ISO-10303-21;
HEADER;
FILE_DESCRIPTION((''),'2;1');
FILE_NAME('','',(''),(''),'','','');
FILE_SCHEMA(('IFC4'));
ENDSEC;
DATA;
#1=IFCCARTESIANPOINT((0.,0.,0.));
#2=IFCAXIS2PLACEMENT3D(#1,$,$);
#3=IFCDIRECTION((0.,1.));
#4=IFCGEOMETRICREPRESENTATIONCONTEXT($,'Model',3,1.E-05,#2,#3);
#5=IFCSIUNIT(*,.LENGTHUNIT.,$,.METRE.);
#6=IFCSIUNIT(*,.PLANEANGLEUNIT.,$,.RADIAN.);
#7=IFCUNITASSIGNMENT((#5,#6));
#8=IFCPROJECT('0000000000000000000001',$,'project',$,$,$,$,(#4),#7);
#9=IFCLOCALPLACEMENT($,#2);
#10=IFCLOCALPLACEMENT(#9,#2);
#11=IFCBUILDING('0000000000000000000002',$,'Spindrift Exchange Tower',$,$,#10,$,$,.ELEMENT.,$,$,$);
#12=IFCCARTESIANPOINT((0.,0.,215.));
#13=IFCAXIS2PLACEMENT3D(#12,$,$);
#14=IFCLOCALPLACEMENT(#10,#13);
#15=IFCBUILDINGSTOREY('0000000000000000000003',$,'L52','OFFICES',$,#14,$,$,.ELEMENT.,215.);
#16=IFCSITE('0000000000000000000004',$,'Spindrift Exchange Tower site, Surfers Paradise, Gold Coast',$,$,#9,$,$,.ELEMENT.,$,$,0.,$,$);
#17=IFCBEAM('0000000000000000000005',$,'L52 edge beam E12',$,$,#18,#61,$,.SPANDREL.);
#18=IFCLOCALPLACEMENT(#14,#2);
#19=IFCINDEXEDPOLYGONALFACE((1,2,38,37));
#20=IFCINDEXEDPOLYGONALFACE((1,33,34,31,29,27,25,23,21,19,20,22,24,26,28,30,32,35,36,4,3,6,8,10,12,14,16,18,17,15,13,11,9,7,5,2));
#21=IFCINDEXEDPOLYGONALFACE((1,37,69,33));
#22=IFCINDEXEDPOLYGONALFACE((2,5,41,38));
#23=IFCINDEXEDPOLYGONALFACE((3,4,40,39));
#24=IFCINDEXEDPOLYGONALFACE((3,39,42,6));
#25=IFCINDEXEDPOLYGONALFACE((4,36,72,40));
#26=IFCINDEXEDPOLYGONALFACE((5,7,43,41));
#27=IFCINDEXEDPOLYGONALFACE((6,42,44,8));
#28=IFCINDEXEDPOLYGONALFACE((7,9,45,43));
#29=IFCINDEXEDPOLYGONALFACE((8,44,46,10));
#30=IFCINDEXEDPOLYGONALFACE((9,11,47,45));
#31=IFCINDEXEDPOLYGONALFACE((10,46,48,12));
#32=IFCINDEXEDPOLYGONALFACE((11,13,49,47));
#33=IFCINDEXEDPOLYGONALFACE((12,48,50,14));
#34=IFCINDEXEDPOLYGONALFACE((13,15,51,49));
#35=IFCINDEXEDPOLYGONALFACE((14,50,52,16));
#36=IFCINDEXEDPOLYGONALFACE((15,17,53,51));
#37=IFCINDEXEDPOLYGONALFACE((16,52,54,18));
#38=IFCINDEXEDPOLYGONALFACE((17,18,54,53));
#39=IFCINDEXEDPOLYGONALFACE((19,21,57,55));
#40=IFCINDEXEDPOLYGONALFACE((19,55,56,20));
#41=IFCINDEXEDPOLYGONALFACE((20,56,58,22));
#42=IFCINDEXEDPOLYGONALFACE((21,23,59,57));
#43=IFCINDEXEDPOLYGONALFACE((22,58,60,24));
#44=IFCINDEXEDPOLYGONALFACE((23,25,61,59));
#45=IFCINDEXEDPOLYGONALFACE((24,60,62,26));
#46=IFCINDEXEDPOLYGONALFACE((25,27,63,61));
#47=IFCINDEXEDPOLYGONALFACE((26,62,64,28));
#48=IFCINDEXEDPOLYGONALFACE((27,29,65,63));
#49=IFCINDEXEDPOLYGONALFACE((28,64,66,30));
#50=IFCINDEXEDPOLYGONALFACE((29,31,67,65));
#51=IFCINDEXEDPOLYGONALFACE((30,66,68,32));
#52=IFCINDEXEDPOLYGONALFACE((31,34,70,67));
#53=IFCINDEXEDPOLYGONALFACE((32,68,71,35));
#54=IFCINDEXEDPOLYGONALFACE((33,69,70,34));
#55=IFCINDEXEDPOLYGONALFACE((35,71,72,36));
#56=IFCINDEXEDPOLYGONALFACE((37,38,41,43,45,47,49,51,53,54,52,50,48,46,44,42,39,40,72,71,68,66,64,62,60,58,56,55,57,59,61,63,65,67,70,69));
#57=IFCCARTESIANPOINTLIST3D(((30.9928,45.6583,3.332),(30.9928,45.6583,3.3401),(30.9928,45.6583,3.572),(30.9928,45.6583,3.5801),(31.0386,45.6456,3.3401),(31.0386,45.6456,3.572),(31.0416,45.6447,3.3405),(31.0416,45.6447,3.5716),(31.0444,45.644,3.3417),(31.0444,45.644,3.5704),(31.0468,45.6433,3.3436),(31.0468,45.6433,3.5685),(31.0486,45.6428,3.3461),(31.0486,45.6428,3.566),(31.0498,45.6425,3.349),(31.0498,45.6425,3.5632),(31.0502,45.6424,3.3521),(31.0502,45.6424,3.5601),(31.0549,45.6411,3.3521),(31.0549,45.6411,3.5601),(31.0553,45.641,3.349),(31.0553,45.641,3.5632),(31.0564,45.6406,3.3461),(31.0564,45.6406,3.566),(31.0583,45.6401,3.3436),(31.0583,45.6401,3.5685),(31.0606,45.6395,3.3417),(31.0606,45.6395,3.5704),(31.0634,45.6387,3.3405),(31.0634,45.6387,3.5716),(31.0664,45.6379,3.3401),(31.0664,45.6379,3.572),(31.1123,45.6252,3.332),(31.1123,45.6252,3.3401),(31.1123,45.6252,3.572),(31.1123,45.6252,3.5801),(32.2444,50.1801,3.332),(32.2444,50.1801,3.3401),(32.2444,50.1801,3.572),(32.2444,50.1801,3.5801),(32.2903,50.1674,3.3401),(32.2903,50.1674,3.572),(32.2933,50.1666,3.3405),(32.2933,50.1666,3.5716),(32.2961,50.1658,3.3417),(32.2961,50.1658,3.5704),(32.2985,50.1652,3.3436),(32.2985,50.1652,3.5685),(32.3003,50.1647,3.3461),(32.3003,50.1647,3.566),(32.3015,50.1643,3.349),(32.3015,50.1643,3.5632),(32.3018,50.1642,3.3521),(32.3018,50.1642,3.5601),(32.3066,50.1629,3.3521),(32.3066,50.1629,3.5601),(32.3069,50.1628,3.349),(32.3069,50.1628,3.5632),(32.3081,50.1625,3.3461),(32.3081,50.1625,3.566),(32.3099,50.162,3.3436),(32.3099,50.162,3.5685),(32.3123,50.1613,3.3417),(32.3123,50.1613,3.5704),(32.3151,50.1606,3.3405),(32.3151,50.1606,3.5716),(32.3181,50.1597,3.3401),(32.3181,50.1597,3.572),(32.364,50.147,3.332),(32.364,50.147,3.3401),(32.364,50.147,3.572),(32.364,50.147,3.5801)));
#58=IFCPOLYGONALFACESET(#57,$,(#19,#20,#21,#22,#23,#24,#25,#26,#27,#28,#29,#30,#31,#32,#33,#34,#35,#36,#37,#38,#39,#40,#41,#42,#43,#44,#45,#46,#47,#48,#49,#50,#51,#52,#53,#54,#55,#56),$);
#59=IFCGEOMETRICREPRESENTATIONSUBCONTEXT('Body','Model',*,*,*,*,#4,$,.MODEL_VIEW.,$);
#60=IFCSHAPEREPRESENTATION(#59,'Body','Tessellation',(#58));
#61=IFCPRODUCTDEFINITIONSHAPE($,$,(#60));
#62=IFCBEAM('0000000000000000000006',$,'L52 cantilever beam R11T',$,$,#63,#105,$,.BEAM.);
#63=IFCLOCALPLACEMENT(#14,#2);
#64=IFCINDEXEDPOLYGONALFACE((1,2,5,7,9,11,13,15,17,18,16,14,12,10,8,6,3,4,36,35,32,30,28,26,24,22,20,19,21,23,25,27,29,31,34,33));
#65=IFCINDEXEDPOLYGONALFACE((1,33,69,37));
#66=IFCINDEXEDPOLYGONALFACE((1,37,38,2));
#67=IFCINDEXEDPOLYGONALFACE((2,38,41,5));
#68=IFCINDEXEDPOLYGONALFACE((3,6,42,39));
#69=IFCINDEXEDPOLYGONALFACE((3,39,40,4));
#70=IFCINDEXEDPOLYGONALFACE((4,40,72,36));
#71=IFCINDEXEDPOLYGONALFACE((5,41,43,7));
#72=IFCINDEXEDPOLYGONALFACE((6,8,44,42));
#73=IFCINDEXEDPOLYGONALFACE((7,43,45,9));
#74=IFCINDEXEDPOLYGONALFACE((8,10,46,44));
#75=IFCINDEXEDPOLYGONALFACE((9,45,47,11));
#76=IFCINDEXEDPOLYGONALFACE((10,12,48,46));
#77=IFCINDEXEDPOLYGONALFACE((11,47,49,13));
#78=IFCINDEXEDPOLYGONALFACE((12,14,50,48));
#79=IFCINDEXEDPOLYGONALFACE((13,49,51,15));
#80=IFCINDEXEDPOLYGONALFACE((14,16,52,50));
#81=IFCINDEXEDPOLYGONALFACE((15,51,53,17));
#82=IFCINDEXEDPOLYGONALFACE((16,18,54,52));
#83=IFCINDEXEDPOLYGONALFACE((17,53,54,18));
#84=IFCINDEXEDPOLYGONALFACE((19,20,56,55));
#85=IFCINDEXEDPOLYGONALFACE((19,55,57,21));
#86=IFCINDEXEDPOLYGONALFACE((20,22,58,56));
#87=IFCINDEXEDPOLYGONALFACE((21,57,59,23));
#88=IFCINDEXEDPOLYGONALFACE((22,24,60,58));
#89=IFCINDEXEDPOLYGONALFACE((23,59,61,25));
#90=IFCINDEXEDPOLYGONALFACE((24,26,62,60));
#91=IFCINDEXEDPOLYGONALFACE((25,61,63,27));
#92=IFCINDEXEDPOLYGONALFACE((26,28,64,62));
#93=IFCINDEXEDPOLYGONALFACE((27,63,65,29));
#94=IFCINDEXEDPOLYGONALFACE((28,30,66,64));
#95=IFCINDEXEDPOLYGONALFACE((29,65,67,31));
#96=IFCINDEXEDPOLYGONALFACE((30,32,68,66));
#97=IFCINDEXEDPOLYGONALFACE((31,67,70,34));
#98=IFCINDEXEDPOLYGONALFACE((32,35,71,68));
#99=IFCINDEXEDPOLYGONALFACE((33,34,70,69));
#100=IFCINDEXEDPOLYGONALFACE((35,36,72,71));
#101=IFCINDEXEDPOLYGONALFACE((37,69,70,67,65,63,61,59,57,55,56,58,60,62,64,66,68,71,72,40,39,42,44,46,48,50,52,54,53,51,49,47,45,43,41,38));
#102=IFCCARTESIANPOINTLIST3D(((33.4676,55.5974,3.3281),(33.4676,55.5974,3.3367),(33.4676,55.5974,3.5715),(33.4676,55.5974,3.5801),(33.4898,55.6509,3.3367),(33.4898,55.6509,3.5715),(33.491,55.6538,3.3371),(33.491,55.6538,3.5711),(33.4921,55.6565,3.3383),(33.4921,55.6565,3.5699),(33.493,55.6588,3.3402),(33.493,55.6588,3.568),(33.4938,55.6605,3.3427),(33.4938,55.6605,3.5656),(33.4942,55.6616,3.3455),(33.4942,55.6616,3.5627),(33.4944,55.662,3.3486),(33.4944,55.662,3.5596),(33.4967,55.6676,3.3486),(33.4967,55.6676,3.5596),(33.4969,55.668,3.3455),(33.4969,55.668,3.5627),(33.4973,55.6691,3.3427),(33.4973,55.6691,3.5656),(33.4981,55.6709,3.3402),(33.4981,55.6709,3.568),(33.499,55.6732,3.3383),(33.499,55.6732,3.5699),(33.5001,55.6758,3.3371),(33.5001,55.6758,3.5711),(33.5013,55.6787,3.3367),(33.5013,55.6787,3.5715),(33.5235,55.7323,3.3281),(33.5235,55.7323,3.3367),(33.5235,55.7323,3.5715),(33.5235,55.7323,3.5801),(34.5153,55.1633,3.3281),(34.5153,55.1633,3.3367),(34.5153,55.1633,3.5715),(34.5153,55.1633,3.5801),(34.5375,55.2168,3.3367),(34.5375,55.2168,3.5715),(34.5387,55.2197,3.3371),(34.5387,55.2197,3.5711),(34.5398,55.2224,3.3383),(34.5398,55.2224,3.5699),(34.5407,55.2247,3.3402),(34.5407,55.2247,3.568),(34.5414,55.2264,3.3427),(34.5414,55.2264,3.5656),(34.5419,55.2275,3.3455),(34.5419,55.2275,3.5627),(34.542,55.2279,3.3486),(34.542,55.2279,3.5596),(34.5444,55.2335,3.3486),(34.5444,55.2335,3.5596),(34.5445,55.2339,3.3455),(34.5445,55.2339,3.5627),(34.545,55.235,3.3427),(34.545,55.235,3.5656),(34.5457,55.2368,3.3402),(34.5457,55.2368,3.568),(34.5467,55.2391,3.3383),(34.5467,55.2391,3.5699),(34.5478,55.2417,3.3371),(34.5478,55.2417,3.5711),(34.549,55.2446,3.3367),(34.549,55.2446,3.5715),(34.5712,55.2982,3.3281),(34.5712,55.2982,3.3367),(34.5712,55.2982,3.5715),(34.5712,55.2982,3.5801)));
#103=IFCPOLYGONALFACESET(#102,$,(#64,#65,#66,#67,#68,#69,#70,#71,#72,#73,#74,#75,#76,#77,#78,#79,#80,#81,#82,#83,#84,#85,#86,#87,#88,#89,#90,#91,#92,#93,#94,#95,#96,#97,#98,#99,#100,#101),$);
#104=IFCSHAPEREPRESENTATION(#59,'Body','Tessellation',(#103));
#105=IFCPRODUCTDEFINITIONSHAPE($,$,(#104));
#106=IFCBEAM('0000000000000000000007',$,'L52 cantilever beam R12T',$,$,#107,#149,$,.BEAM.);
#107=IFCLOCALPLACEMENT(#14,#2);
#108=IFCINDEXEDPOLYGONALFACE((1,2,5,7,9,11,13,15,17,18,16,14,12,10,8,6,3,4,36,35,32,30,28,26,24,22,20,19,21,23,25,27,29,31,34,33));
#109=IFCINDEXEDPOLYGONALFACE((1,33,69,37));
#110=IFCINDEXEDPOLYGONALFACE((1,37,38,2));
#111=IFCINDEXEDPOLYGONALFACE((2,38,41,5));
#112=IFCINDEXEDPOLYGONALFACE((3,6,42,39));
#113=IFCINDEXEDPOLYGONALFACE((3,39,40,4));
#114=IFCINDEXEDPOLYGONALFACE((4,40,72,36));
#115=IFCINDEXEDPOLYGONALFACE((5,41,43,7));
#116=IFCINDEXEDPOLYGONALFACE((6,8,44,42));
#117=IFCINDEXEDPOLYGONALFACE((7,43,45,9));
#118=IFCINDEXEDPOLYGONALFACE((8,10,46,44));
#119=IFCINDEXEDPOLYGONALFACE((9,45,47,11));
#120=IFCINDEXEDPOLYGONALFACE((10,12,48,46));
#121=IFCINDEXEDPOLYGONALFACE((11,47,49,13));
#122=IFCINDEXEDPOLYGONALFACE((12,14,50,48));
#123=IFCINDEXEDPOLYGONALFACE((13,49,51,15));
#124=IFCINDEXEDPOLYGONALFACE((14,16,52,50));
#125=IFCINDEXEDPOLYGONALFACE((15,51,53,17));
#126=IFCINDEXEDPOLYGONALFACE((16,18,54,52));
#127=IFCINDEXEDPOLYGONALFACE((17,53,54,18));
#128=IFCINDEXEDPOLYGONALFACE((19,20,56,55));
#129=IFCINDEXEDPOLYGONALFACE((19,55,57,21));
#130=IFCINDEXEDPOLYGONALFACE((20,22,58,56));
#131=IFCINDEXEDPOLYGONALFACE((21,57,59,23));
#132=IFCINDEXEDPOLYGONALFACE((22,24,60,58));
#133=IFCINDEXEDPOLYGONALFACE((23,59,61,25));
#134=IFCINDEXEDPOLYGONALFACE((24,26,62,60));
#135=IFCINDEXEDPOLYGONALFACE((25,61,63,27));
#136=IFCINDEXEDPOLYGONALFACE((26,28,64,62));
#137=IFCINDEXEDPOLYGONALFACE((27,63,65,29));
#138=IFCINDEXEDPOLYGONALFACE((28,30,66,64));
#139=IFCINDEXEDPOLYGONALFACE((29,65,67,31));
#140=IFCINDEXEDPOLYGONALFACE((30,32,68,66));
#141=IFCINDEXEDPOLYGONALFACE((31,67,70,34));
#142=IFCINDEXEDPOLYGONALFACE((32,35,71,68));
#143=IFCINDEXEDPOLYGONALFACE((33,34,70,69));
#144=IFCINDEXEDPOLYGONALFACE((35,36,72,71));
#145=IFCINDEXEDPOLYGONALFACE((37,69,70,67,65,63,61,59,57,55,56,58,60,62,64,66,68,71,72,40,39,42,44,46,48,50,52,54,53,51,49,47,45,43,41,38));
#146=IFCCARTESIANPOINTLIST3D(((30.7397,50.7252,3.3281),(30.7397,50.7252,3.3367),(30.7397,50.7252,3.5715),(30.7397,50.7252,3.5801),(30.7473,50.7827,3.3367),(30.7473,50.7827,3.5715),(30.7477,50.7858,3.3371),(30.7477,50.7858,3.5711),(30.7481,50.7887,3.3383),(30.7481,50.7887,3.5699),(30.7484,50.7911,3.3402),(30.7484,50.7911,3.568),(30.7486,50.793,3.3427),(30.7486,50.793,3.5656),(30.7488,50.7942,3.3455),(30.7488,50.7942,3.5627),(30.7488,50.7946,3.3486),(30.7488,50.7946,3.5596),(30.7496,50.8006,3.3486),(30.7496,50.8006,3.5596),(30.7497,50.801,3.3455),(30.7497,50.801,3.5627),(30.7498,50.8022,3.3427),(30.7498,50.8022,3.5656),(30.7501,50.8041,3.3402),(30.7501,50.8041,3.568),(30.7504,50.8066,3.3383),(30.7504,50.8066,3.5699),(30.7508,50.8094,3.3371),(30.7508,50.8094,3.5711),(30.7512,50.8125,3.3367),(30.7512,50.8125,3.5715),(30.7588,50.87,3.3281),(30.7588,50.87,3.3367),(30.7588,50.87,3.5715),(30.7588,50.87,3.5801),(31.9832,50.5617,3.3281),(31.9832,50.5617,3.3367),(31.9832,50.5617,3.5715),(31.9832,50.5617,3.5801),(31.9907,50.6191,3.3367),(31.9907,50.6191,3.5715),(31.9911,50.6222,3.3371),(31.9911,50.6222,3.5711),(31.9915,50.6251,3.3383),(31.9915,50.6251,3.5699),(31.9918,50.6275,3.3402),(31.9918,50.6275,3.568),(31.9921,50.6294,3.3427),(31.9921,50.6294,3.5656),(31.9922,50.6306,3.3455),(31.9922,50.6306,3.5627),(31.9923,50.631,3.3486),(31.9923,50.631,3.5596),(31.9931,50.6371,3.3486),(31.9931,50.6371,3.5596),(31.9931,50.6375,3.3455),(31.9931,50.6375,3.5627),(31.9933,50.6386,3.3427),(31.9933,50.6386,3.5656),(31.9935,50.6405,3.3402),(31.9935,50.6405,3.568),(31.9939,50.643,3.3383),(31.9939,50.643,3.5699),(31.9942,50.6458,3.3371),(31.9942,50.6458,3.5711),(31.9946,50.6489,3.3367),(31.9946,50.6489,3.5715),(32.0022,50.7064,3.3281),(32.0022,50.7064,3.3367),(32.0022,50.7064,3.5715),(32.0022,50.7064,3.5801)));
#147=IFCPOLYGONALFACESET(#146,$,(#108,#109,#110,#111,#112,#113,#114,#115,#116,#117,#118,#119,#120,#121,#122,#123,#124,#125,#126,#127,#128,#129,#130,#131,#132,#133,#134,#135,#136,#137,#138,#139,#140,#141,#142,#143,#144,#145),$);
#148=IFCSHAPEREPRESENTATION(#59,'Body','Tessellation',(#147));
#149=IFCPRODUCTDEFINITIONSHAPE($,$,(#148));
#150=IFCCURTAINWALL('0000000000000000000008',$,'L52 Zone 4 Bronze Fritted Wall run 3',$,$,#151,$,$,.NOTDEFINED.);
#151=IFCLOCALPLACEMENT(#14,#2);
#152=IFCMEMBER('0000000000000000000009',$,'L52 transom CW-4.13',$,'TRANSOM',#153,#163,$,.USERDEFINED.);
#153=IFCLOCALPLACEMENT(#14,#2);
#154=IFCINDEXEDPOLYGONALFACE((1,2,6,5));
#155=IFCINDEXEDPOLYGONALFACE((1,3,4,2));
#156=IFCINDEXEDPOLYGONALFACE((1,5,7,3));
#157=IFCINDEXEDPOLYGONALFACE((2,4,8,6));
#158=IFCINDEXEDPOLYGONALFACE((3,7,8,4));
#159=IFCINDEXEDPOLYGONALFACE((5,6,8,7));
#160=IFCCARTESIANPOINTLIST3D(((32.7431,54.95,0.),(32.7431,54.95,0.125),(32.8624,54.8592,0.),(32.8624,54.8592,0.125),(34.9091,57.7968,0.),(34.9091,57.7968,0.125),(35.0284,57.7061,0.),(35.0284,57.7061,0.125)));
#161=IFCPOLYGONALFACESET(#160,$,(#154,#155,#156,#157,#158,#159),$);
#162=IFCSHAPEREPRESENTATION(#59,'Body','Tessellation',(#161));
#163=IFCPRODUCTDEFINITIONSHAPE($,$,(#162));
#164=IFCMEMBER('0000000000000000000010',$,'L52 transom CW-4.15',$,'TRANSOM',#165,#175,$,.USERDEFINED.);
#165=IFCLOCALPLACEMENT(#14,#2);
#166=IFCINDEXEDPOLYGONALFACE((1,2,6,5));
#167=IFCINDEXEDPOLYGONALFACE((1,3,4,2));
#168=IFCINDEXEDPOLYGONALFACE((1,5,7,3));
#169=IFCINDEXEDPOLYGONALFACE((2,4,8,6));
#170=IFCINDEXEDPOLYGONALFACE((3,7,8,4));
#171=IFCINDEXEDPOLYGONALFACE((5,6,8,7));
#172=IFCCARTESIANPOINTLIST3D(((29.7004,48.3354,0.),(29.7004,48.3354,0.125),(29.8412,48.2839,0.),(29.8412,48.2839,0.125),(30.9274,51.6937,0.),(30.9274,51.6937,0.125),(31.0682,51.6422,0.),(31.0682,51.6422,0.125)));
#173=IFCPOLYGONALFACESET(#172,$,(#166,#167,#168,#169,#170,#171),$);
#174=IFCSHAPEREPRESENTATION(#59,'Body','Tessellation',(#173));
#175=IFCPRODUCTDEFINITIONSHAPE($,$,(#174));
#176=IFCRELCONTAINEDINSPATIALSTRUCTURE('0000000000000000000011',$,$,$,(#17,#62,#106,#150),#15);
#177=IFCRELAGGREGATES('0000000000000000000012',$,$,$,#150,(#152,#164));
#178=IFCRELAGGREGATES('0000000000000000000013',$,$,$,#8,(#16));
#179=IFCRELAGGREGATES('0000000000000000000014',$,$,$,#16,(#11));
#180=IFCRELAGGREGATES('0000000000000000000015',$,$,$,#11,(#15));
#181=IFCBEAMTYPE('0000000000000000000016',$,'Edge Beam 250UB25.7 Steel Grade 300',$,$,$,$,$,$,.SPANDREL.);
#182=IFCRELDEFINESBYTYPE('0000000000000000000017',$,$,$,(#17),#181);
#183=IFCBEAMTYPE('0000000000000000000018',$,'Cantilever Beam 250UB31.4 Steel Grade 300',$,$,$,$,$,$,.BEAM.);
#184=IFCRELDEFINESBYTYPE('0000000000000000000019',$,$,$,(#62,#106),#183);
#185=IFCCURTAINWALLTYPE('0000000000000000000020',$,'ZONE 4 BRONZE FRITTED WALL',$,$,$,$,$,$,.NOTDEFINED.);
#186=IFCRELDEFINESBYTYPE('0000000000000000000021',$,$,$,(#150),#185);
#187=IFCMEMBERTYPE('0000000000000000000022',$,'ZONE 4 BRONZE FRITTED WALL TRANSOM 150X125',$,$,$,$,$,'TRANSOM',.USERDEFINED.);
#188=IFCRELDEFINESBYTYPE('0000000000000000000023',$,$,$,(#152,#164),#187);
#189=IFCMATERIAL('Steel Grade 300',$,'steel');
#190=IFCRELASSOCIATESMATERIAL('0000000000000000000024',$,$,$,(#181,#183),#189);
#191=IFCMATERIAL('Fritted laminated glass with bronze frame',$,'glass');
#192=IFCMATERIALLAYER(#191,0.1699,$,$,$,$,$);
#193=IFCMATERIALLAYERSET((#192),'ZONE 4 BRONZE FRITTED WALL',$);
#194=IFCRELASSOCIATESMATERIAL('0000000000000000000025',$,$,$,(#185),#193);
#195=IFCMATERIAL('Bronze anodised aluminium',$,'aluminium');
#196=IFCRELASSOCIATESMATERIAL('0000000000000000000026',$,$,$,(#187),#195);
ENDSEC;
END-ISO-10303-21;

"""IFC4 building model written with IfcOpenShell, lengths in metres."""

from ifc_helpers import new_model, si_unit, direction, frame, origin, origin_2d, place, context, subcontext, project, spatial, rectangle, i_section, extrude, source, transform, mapped, material, layer, layer_set, material_profile, profile_set, type_object, element, aggregate, save


model = new_model("IFC4")

# Units and contexts
model_context = context("Model", 3, precision=1e-05, world=origin(), true_north=direction((0.0, 1.0)))
body_context = subcontext(model_context, "Body", "Model", "MODEL_VIEW")
ifc_project = project(units=[si_unit("LENGTHUNIT", "METRE"), si_unit("PLANEANGLEUNIT", "RADIAN")], contexts=[model_context])

# Site, building, storey
site_placement = place(None, origin())
site = spatial("IfcSite", under=ifc_project, at=site_placement, Name="Spindrift Exchange Tower site, Surfers Paradise, Gold Coast", CompositionType="ELEMENT", RefElevation=0.0)
building_placement = place(site_placement, origin())
building = spatial("IfcBuilding", under=site, at=building_placement, Name="Spindrift Exchange Tower", CompositionType="ELEMENT")
storey_placement = place(building_placement, frame((0.0, 0.0, 215.0)))
storey = spatial("IfcBuildingStorey", under=building, at=storey_placement, Name="L52", Description="OFFICES", CompositionType="ELEMENT", Elevation=215.0)

# Beams
ifc_material_1 = material(Name="Steel Grade 300", Category="steel")
ifc_material_profile_1 = material_profile(ifc_material_1, i_section(OverallWidth=0.124, OverallDepth=0.248, WebThickness=0.0049, FlangeThickness=0.0081, FilletRadius=0.012, at=origin_2d()), Name="250UB25.7")
ifc_profile_set_1 = profile_set([ifc_material_profile_1], Name="Steel Grade 300")
beam_type_1 = type_object("IfcBeamType", Name="Edge Beam 250UB25.7 Steel Grade 300", PredefinedType="SPANDREL", material=ifc_profile_set_1)
shared_shape_1 = source(origin(), body_context, "Body", "SweptSolid", [
    extrude(i_section(OverallWidth=0.124, OverallDepth=0.248, WebThickness=0.0049, FlangeThickness=0.0081, FilletRadius=0.012, at=origin_2d()), origin(), (0.0, 0.0, 1.0), 4.6919),
])
beam_1_placement = place(storey_placement, frame((32.3042, 50.1636, 3.4561), z_axis=(-0.266774, -0.963759, 0.0), x_axis=(0.963759, -0.266774, 0.0)))
element("IfcBeam", 1, at=beam_1_placement, inside=storey, type_object=beam_type_1, Name="L52 edge beam E12", PredefinedType="SPANDREL", context=body_context, shape_type="MappedRepresentation", body=[
    mapped(shared_shape_1, transform((0.0, 0.0, 0.0), scale=1.0)),
])
ifc_material_profile_2 = material_profile(ifc_material_1, i_section(OverallWidth=0.146, OverallDepth=0.252, WebThickness=0.0061, FlangeThickness=0.0085, FilletRadius=0.012, at=origin_2d()), Name="250UB31.4")
ifc_profile_set_2 = profile_set([ifc_material_profile_2], Name="Steel Grade 300")
beam_type_2 = type_object("IfcBeamType", Name="Cantilever Beam 250UB31.4 Steel Grade 300", PredefinedType="BEAM", material=ifc_profile_set_2)
shared_shape_2 = source(origin(), body_context, "Body", "SweptSolid", [
    extrude(i_section(OverallWidth=0.146, OverallDepth=0.252, WebThickness=0.0061, FlangeThickness=0.0085, FilletRadius=0.012, at=origin_2d()), origin(), (0.0, 0.0, 1.0), 1.134),
])
beam_2_placement = place(storey_placement, frame((34.5432, 55.2307, 3.4541), z_axis=(-0.923833, 0.382795, 0.0), x_axis=(-0.382795, -0.923833, 0.0)))
element("IfcBeam", 2, at=beam_2_placement, inside=storey, type_object=beam_type_2, Name="L52 cantilever beam R11T", PredefinedType="BEAM", context=body_context, shape_type="MappedRepresentation", body=[
    mapped(shared_shape_2, transform((0.0, 0.0, 0.0), scale=1.0)),
])
shared_shape_3 = source(origin(), body_context, "Body", "SweptSolid", [
    extrude(i_section(OverallWidth=0.146, OverallDepth=0.252, WebThickness=0.0061, FlangeThickness=0.0085, FilletRadius=0.012, at=origin_2d()), origin(), (0.0, 0.0, 1.0), 1.2542),
])
beam_3_placement = place(storey_placement, frame((31.9927, 50.634, 3.4541), z_axis=(-0.991458, 0.130429, 0.0), x_axis=(-0.130429, -0.991458, 0.0)))
element("IfcBeam", 3, at=beam_3_placement, inside=storey, type_object=beam_type_2, Name="L52 cantilever beam R12T", PredefinedType="BEAM", context=body_context, shape_type="MappedRepresentation", body=[
    mapped(shared_shape_3, transform((0.0, 0.0, 0.0), scale=1.0)),
])

# Curtain wall, members
ifc_material_2 = material(Name="Fritted laminated glass with bronze frame", Category="glass")
ifc_layer_1 = layer(ifc_material_2, 0.1699)
ifc_layer_set_1 = layer_set([ifc_layer_1], Name="ZONE 4 BRONZE FRITTED WALL")
curtain_wall_type = type_object("IfcCurtainWallType", Name="ZONE 4 BRONZE FRITTED WALL", PredefinedType="NOTDEFINED", material=ifc_layer_set_1)
curtain_wall_placement = place(storey_placement, origin())
curtain_wall = element("IfcCurtainWall", 4, at=curtain_wall_placement, inside=storey, type_object=curtain_wall_type, Name="L52 Zone 4 Bronze Fritted Wall run 3", PredefinedType="NOTDEFINED")
ifc_material_3 = material(Name="Bronze anodised aluminium", Category="aluminium")
ifc_material_profile_3 = material_profile(ifc_material_3, rectangle(XDim=0.1499, YDim=0.125, at=origin_2d()), Name="ZONE 4 BRONZE FRITTED WALL TRANSOM 150X125")
ifc_profile_set_3 = profile_set([ifc_material_profile_3], Name="Bronze anodised aluminium")
member_type_1 = type_object("IfcMemberType", Name="ZONE 4 BRONZE FRITTED WALL TRANSOM 150X125", ElementType="TRANSOM", PredefinedType="USERDEFINED", material=ifc_profile_set_3)
shared_shape_4 = source(origin(), body_context, "Body", "SweptSolid", [
    extrude(rectangle(XDim=0.1499, YDim=0.125, at=origin_2d()), origin(), (0.0, 0.0, 1.0), 3.5771),
])
member_1_placement = place(storey_placement, frame((34.9688, 57.7515, 0.0625), z_axis=(-0.6055, -0.795845, 0.0), x_axis=(0.795845, -0.6055, 0.0)))
member_1 = element("IfcMember", 5, at=member_1_placement, type_object=member_type_1, Name="L52 transom CW-4.13", ObjectType="TRANSOM", PredefinedType="USERDEFINED", context=body_context, shape_type="MappedRepresentation", body=[
    mapped(shared_shape_4, transform((0.0, 0.0, 0.0), scale=1.0)),
])
shared_shape_5 = source(origin(), body_context, "Body", "SweptSolid", [
    extrude(rectangle(XDim=0.1499, YDim=0.125, at=origin_2d()), origin(), (0.0, 0.0, 1.0), 3.5754),
])
member_2_placement = place(storey_placement, frame((30.9978, 51.668, 0.0625), z_axis=(-0.343179, -0.93927, 0.0), x_axis=(0.93927, -0.343179, 0.0)))
member_2 = element("IfcMember", 6, at=member_2_placement, type_object=member_type_1, Name="L52 transom CW-4.15", ObjectType="TRANSOM", PredefinedType="USERDEFINED", context=body_context, shape_type="MappedRepresentation", body=[
    mapped(shared_shape_5, transform((0.0, 0.0, 0.0), scale=1.0)),
])
aggregate(curtain_wall, [member_1, member_2])

save(model, "model.ifc")
